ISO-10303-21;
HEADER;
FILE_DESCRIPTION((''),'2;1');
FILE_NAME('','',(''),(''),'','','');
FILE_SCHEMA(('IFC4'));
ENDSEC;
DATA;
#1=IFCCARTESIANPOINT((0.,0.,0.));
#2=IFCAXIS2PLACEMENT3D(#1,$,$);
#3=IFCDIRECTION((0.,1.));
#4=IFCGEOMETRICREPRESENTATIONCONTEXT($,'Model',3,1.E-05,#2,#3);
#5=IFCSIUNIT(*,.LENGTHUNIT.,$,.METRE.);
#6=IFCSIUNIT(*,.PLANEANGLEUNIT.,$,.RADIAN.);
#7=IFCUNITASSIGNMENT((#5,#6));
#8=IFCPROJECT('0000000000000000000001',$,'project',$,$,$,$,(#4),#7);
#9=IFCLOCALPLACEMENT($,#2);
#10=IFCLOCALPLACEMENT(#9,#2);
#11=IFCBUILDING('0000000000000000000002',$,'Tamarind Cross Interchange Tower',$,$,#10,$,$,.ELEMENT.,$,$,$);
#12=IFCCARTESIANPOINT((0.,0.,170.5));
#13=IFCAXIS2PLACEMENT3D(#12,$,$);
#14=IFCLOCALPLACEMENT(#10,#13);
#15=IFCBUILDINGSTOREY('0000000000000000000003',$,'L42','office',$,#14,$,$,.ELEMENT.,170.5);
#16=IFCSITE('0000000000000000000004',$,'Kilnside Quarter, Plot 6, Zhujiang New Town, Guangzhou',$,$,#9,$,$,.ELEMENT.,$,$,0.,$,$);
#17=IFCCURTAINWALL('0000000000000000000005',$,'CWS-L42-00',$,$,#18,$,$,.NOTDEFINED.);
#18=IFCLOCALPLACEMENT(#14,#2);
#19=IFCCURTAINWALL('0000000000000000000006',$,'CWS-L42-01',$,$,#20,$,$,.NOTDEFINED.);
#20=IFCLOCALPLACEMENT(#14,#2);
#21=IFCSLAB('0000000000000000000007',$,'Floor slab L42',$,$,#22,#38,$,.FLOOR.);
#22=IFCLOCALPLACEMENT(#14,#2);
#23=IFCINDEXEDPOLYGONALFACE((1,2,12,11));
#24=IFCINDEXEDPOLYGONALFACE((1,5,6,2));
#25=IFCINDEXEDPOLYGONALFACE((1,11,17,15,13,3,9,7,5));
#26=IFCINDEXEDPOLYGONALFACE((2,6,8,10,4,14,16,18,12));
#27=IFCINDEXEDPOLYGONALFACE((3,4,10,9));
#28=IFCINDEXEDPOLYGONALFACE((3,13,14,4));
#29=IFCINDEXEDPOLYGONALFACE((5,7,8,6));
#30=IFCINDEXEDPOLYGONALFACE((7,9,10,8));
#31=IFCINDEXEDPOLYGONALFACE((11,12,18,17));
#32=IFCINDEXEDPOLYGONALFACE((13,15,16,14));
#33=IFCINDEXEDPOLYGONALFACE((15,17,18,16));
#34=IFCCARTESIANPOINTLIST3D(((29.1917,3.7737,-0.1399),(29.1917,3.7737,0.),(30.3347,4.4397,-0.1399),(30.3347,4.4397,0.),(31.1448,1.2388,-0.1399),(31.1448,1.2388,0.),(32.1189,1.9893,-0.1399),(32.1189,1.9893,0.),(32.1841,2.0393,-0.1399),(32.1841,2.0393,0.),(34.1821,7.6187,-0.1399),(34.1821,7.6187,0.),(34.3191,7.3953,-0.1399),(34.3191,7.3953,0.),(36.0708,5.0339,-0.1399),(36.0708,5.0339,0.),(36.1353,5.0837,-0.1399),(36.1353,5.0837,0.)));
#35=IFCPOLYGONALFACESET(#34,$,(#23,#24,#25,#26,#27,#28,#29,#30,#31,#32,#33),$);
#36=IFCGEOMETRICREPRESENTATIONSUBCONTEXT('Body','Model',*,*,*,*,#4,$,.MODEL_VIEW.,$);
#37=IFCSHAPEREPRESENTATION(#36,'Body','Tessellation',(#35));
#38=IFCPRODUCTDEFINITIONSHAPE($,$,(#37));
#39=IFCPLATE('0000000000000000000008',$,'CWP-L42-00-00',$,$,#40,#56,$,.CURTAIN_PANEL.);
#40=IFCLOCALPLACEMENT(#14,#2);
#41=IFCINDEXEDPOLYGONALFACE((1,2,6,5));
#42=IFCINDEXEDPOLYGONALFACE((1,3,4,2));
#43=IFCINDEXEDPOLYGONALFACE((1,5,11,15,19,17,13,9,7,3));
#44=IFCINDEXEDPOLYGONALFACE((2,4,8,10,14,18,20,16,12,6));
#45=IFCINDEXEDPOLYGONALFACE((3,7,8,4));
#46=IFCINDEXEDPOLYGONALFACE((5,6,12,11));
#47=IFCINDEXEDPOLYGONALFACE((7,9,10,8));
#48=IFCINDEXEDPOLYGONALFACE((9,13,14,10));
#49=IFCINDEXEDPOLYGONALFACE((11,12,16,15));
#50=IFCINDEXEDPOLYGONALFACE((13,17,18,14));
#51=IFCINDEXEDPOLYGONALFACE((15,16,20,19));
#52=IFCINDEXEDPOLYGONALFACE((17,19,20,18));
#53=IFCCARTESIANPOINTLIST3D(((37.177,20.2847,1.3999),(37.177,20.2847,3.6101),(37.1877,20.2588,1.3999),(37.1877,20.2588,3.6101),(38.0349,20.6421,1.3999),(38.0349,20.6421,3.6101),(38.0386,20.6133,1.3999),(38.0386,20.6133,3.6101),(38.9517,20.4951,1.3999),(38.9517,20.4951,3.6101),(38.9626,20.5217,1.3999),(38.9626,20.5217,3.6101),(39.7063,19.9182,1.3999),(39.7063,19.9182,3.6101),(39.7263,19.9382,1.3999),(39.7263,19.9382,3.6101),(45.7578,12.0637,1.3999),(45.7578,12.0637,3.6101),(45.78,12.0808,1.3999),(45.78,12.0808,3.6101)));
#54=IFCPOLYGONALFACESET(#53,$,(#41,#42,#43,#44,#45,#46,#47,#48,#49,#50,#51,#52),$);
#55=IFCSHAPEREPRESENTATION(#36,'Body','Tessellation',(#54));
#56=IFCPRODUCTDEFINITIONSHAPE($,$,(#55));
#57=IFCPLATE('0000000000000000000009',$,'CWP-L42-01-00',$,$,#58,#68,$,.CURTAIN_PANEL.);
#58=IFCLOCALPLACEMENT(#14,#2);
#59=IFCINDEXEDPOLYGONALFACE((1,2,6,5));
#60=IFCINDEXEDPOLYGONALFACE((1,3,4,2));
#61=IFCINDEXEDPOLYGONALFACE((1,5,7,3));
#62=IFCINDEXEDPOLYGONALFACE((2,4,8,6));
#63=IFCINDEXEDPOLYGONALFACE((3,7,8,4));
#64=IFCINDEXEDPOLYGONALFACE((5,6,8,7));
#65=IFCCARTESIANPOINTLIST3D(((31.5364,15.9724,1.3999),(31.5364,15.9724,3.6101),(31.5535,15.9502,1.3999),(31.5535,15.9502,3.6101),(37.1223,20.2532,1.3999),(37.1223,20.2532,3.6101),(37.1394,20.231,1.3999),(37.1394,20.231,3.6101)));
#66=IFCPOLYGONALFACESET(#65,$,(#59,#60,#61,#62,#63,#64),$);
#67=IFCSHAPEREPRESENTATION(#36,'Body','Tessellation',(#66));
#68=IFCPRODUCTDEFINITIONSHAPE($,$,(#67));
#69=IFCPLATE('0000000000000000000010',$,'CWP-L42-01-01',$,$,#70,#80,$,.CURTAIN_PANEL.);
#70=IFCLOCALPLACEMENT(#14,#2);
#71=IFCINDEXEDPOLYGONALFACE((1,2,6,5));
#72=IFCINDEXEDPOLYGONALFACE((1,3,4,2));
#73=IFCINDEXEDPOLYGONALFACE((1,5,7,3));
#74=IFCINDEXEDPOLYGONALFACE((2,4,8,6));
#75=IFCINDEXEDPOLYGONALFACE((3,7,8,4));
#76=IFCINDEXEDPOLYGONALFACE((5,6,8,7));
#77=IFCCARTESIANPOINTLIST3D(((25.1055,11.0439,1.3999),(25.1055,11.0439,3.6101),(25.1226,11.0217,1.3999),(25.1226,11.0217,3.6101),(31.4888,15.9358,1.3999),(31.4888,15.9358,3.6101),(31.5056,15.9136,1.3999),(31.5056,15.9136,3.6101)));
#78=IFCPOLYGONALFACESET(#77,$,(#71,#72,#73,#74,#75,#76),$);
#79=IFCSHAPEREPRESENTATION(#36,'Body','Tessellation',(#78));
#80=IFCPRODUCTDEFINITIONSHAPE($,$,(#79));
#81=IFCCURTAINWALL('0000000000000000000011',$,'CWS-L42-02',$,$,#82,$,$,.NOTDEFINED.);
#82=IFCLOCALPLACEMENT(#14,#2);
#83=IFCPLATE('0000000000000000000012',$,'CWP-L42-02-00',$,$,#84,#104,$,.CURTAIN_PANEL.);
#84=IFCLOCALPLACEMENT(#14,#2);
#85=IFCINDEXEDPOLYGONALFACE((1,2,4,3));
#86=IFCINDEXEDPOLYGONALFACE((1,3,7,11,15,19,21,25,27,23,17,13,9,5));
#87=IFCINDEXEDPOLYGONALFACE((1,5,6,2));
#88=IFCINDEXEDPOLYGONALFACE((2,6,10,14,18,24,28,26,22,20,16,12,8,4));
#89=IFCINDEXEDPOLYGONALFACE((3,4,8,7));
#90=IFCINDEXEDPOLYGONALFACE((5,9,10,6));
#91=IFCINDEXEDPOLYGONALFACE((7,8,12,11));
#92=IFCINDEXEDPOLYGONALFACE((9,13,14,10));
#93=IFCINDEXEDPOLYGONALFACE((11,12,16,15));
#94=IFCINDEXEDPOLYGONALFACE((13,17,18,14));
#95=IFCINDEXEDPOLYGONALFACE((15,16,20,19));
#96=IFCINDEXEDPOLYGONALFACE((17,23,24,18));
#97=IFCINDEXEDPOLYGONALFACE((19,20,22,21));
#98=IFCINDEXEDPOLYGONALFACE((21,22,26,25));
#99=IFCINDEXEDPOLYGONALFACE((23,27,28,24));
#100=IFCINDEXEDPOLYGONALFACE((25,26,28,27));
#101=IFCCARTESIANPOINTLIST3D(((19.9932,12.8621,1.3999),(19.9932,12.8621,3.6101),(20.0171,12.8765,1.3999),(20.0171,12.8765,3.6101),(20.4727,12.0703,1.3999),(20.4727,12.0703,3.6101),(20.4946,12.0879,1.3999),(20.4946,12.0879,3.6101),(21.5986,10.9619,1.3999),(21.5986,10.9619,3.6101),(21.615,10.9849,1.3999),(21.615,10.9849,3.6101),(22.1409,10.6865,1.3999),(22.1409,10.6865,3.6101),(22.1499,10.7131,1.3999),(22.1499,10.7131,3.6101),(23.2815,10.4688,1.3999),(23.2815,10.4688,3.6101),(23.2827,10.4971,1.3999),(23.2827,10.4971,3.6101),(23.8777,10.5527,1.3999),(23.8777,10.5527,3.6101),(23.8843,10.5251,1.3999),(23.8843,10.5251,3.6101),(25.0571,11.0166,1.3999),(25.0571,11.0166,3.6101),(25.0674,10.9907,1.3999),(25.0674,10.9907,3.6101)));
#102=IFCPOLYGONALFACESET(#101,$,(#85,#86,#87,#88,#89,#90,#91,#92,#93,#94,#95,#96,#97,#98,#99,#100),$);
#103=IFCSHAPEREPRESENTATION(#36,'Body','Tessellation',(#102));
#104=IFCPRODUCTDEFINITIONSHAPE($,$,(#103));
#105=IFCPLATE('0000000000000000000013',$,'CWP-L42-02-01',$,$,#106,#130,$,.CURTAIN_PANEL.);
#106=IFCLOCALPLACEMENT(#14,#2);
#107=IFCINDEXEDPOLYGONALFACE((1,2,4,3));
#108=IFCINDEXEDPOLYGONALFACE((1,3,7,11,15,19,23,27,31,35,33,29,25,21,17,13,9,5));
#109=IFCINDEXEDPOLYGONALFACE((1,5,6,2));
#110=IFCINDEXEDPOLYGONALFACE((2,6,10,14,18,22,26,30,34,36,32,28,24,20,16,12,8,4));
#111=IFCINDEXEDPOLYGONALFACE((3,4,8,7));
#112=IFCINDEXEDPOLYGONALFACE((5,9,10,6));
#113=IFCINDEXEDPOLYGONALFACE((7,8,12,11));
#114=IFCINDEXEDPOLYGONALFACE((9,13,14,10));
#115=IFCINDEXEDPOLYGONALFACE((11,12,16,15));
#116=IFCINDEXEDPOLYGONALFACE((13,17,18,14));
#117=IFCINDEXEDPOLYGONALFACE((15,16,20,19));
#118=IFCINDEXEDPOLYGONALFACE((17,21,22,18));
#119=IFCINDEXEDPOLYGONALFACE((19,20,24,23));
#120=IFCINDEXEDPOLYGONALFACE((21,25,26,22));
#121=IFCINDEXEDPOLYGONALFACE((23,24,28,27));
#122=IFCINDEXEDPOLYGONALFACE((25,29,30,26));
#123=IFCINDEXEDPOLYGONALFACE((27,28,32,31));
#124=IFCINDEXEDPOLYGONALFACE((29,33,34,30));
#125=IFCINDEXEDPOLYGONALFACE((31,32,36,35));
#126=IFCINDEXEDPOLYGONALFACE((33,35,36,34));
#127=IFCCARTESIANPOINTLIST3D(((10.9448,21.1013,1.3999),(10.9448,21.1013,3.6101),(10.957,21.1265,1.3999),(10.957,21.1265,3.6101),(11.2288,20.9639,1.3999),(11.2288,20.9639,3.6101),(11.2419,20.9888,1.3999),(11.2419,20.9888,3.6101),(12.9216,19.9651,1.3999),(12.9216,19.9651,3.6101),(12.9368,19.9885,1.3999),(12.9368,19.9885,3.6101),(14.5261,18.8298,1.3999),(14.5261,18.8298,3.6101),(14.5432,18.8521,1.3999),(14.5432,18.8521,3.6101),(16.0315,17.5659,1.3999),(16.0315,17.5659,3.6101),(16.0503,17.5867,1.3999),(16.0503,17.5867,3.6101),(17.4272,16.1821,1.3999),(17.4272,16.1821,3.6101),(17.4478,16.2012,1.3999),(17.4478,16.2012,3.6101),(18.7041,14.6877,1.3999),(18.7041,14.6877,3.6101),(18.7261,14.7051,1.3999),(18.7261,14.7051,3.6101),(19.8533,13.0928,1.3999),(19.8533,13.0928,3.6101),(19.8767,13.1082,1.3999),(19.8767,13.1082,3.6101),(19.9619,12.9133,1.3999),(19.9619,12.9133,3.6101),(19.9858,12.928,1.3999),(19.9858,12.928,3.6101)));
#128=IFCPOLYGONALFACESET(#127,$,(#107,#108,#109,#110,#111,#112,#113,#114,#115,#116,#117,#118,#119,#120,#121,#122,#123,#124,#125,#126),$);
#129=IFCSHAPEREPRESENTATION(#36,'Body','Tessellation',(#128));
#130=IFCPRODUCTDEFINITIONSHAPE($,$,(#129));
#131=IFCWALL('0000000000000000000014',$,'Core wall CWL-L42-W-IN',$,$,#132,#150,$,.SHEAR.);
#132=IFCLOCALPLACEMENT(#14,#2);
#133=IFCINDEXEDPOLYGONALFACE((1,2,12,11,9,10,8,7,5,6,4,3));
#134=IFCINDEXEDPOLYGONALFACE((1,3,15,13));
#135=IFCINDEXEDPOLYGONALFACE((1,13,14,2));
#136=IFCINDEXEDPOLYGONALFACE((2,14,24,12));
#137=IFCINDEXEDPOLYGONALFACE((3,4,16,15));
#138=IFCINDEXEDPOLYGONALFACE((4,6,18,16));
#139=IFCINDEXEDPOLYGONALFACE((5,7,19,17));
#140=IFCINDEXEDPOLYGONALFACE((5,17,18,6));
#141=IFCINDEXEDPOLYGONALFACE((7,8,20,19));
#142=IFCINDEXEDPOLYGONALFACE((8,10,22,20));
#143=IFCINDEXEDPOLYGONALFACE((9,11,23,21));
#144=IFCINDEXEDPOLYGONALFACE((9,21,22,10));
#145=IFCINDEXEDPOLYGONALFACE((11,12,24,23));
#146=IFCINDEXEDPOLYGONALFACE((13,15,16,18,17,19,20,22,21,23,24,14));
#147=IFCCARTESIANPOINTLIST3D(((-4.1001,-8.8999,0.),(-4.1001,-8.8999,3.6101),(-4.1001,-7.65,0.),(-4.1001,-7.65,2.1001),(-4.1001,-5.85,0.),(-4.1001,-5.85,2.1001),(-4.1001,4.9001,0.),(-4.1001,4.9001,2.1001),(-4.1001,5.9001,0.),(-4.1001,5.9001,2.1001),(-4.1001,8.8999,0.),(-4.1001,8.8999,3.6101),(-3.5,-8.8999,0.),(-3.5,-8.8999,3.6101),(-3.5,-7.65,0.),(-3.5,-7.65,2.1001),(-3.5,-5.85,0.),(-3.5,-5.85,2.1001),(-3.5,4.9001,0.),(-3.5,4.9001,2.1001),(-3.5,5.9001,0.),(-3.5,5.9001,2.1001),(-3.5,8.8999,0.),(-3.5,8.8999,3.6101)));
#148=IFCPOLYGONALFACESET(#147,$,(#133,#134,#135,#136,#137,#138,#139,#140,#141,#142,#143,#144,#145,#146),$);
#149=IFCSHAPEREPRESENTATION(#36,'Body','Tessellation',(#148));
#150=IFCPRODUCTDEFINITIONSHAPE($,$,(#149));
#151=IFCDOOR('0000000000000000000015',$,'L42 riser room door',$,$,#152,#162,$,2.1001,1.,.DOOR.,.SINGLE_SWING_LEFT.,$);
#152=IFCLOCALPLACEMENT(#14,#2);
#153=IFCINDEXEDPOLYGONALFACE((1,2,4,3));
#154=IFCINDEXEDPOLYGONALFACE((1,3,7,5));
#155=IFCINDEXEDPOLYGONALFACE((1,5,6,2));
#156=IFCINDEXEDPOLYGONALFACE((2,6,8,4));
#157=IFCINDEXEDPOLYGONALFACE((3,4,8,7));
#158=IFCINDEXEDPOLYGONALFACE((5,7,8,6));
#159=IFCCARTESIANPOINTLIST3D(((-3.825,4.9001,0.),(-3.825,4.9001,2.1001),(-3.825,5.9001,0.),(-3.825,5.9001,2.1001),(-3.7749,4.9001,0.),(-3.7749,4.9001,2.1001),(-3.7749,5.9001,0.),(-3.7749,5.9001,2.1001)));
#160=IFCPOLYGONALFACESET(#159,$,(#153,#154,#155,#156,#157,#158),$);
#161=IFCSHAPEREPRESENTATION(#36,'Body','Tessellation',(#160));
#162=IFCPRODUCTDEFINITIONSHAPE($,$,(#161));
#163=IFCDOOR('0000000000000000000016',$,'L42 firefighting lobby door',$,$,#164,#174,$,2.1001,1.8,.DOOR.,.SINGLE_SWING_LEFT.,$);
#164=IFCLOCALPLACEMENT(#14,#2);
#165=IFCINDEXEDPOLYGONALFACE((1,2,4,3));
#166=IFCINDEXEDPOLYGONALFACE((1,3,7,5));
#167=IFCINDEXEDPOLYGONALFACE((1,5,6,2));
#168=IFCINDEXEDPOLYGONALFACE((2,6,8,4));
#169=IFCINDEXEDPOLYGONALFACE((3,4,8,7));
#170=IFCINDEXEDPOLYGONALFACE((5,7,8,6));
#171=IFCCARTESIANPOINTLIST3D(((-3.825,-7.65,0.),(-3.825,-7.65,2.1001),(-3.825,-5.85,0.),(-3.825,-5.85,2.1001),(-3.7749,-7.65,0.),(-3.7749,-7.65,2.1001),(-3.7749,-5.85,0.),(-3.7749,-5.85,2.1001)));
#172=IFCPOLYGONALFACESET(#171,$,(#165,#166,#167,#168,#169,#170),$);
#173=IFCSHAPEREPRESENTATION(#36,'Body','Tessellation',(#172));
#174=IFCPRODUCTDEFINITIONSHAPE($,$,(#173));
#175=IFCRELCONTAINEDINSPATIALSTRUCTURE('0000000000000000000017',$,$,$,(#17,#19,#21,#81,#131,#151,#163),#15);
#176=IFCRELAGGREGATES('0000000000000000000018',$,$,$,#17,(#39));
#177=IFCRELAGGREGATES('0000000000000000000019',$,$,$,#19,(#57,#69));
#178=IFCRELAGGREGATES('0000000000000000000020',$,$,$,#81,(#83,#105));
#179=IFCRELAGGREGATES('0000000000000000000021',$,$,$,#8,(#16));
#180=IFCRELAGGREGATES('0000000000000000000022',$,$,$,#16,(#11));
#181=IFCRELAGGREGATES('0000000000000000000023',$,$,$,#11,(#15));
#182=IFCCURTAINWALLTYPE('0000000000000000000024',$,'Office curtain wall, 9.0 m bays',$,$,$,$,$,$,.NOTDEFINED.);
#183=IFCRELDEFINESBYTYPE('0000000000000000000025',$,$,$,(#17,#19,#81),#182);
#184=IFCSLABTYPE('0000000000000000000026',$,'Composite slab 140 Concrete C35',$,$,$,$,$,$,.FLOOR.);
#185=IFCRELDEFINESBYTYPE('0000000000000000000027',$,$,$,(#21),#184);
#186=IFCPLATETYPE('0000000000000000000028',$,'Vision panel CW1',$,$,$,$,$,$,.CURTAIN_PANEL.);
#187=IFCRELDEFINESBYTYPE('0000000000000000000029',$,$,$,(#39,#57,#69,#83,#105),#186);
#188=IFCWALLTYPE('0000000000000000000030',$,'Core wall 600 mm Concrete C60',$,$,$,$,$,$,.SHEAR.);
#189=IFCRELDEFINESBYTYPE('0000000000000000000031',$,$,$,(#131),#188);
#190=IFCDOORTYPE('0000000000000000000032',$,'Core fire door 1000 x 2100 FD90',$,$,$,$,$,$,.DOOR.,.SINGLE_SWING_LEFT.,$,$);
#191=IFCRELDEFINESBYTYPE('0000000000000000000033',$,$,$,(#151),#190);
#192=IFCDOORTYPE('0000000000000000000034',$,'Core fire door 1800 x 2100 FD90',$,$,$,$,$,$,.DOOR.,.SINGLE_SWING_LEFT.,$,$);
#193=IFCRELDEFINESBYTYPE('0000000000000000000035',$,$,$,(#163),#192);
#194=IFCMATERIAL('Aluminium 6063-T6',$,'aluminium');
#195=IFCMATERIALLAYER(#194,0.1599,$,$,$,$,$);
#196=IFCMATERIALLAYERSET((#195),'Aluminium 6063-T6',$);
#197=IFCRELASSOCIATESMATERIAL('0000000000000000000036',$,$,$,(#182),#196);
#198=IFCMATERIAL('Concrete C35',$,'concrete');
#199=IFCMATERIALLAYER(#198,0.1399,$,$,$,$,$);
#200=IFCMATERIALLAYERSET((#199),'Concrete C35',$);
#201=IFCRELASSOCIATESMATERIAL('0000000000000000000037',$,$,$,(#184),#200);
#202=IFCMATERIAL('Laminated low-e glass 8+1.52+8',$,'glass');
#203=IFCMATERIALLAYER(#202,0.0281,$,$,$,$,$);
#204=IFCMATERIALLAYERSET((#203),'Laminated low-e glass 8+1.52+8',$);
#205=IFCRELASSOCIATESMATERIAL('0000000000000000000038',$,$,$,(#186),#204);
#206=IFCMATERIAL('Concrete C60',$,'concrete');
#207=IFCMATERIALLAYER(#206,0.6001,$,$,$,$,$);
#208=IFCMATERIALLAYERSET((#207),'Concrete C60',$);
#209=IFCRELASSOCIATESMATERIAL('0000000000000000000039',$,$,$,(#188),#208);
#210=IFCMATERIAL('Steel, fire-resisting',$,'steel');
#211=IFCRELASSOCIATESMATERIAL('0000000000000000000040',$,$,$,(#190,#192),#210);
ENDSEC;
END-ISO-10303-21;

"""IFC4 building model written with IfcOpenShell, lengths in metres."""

from ifc_helpers import new_model, si_unit, direction, frame, frame_2d, origin, place, context, subcontext, project, spatial, polyline, rectangle, outline, extrude, material, layer, layer_set, type_object, element, fill, aggregate, save


model = new_model("IFC4")

# Units and contexts
model_context = context("Model", 3, precision=1e-05, world=origin(), true_north=direction((0.0, 1.0)))
body_context = subcontext(model_context, "Body", "Model", "MODEL_VIEW")
ifc_project = project(units=[si_unit("LENGTHUNIT", "METRE"), si_unit("PLANEANGLEUNIT", "RADIAN")], contexts=[model_context])

# Site, building, storey
site_placement = place(None, origin())
site = spatial("IfcSite", under=ifc_project, at=site_placement, Name="Kilnside Quarter, Plot 6, Zhujiang New Town, Guangzhou", CompositionType="ELEMENT", RefElevation=0.0)
building_placement = place(site_placement, origin())
building = spatial("IfcBuilding", under=site, at=building_placement, Name="Tamarind Cross Interchange Tower", CompositionType="ELEMENT")
storey_placement = place(building_placement, frame((0.0, 0.0, 170.5)))
storey = spatial("IfcBuildingStorey", under=building, at=storey_placement, Name="L42", Description="office", CompositionType="ELEMENT", Elevation=170.5)

# Curtain walls
ifc_material_1 = material(Name="Aluminium 6063-T6", Category="aluminium")
ifc_layer_1 = layer(ifc_material_1, 0.1599)
ifc_layer_set_1 = layer_set([ifc_layer_1], Name="Aluminium 6063-T6")
curtain_wall_type = type_object("IfcCurtainWallType", Name="Office curtain wall, 9.0 m bays", PredefinedType="NOTDEFINED", material=ifc_layer_set_1)
curtain_wall_1_placement = place(storey_placement, origin())
curtain_wall_1 = element("IfcCurtainWall", 1, at=curtain_wall_1_placement, inside=storey, type_object=curtain_wall_type, Name="CWS-L42-00", PredefinedType="NOTDEFINED")
curtain_wall_2_placement = place(storey_placement, origin())
curtain_wall_2 = element("IfcCurtainWall", 2, at=curtain_wall_2_placement, inside=storey, type_object=curtain_wall_type, Name="CWS-L42-01", PredefinedType="NOTDEFINED")

# Slab
ifc_material_2 = material(Name="Concrete C35", Category="concrete")
ifc_layer_2 = layer(ifc_material_2, 0.1399)
ifc_layer_set_2 = layer_set([ifc_layer_2], Name="Concrete C35")
slab_type = type_object("IfcSlabType", Name="Composite slab 140 Concrete C35", PredefinedType="FLOOR", material=ifc_layer_set_2)
slab_1_placement = place(storey_placement, frame((0.0, 0.0, -0.1399)))
element("IfcSlab", 3, at=slab_1_placement, inside=storey, type_object=slab_type, Name="Floor slab L42", PredefinedType="FLOOR", context=body_context, shape_type="SweptSolid", body=[
    extrude(outline(polyline([(29.1917, 3.7737), (31.1448, 1.2388), (32.1189, 1.9893), (32.1841, 2.0393), (30.3347, 4.4397), (34.3191, 7.3953), (36.0708, 5.0339), (36.1353, 5.0837), (34.1821, 7.6187), (29.1917, 3.7737)])), origin(), (0.0, 0.0, 1.0), 0.1399),
])

# Plates
ifc_material_3 = material(Name="Laminated low-e glass 8+1.52+8", Category="glass")
ifc_layer_3 = layer(ifc_material_3, 0.0281)
ifc_layer_set_3 = layer_set([ifc_layer_3], Name="Laminated low-e glass 8+1.52+8")
plate_type = type_object("IfcPlateType", Name="Vision panel CW1", PredefinedType="CURTAIN_PANEL", material=ifc_layer_set_3)
plate_1_placement = place(storey_placement, frame((0.0, 0.0, 1.3999)))
plate_1 = element("IfcPlate", 4, at=plate_1_placement, type_object=plate_type, Name="CWP-L42-00-00", PredefinedType="CURTAIN_PANEL", context=body_context, shape_type="SweptSolid", body=[
    extrude(outline(polyline([(45.7578, 12.0637), (39.7063, 19.9182), (38.9517, 20.4951), (38.0386, 20.6133), (37.1877, 20.2588), (37.177, 20.2847), (38.0349, 20.6421), (38.9626, 20.5217), (39.7263, 19.9382), (45.78, 12.0808), (45.7578, 12.0637)])), origin(), (0.0, 0.0, 1.0), 2.2102),
])
aggregate(curtain_wall_1, [plate_1])
plate_2_placement = place(storey_placement, frame((0.0, 0.0, 1.3999)))
plate_2 = element("IfcPlate", 5, at=plate_2_placement, type_object=plate_type, Name="CWP-L42-01-00", PredefinedType="CURTAIN_PANEL", context=body_context, shape_type="SweptSolid", body=[
    extrude(outline(polyline([(37.1394, 20.231), (31.5535, 15.9502), (31.5364, 15.9724), (37.1223, 20.2532), (37.1394, 20.231)])), origin(), (0.0, 0.0, 1.0), 2.2102),
])
plate_3_placement = place(storey_placement, frame((0.0, 0.0, 1.3999)))
plate_3 = element("IfcPlate", 6, at=plate_3_placement, type_object=plate_type, Name="CWP-L42-01-01", PredefinedType="CURTAIN_PANEL", context=body_context, shape_type="SweptSolid", body=[
    extrude(outline(polyline([(31.5056, 15.9136), (25.1226, 11.0217), (25.1055, 11.0439), (31.4888, 15.9358), (31.5056, 15.9136)])), origin(), (0.0, 0.0, 1.0), 2.2102),
])
aggregate(curtain_wall_2, [plate_2, plate_3])

# Curtain wall, plates
curtain_wall_3_placement = place(storey_placement, origin())
curtain_wall_3 = element("IfcCurtainWall", 7, at=curtain_wall_3_placement, inside=storey, type_object=curtain_wall_type, Name="CWS-L42-02", PredefinedType="NOTDEFINED")
plate_4_placement = place(storey_placement, frame((0.0, 0.0, 1.3999)))
plate_4 = element("IfcPlate", 8, at=plate_4_placement, type_object=plate_type, Name="CWP-L42-02-00", PredefinedType="CURTAIN_PANEL", context=body_context, shape_type="SweptSolid", body=[
    extrude(outline(polyline([(25.0674, 10.9907), (23.8843, 10.5251), (23.2815, 10.4688), (22.1409, 10.6865), (21.5986, 10.9619), (20.4727, 12.0703), (19.9932, 12.8621), (20.0171, 12.8765), (20.4946, 12.0879), (21.615, 10.9849), (22.1499, 10.7131), (23.2827, 10.4971), (23.8777, 10.5527), (25.0571, 11.0166), (25.0674, 10.9907)])), origin(), (0.0, 0.0, 1.0), 2.2102),
])
plate_5_placement = place(storey_placement, frame((0.0, 0.0, 1.3999)))
plate_5 = element("IfcPlate", 9, at=plate_5_placement, type_object=plate_type, Name="CWP-L42-02-01", PredefinedType="CURTAIN_PANEL", context=body_context, shape_type="SweptSolid", body=[
    extrude(outline(polyline([(19.9619, 12.9133), (19.8533, 13.0928), (18.7041, 14.6877), (17.4272, 16.1821), (16.0315, 17.5659), (14.5261, 18.8298), (12.9216, 19.9651), (11.2288, 20.9639), (10.9448, 21.1013), (10.957, 21.1265), (11.2419, 20.9888), (12.9368, 19.9885), (14.5432, 18.8521), (16.0503, 17.5867), (17.4478, 16.2012), (18.7261, 14.7051), (19.8767, 13.1082), (19.9858, 12.928), (19.9619, 12.9133)])), origin(), (0.0, 0.0, 1.0), 2.2102),
])
aggregate(curtain_wall_3, [plate_4, plate_5])

# Wall, openings, doors
ifc_material_4 = material(Name="Concrete C60", Category="concrete")
ifc_layer_4 = layer(ifc_material_4, 0.6001)
ifc_layer_set_4 = layer_set([ifc_layer_4], Name="Concrete C60")
wall_type_1 = type_object("IfcWallType", Name="Core wall 600 mm Concrete C60", PredefinedType="SHEAR", material=ifc_layer_set_4)
wall_1_placement = place(storey_placement, frame((-3.8, -8.8999, 0.0), z_axis=(0.0, 0.0, 1.0), x_axis=(0.0, 1.0, 0.0)))
wall_1 = element("IfcWall", 10, at=wall_1_placement, inside=storey, type_object=wall_type_1, Name="Core wall CWL-L42-W-IN", PredefinedType="SHEAR", context=body_context, shape_type="SweptSolid", body=[
    extrude(rectangle(XDim=17.7998, YDim=0.6001, at=frame_2d((8.8999, 0.0))), origin(), (0.0, 0.0, 1.0), 3.6101),
])
opening_1_placement = place(wall_1_placement, frame((1.25, 0.0, 0.0)))
opening_1 = element("IfcOpeningElement", 11, at=opening_1_placement, cuts=wall_1, PredefinedType="OPENING", context=body_context, shape_type="SweptSolid", body=[
    extrude(rectangle(XDim=1.8, YDim=2.1001, at=frame_2d((0.8999, 1.05))), frame((0.0, 0.3101, 0.0), z_axis=(0.0, -1.0, 0.0), x_axis=(1.0, 0.0, 0.0)), (0.0, 0.0, 1.0), 0.6201),
])
opening_2_placement = place(wall_1_placement, frame((13.8, 0.0, 0.0)))
opening_2 = element("IfcOpeningElement", 12, at=opening_2_placement, cuts=wall_1, PredefinedType="OPENING", context=body_context, shape_type="SweptSolid", body=[
    extrude(rectangle(XDim=1.0, YDim=2.1001, at=frame_2d((0.5, 1.05))), frame((0.0, 0.3101, 0.0), z_axis=(0.0, -1.0, 0.0), x_axis=(1.0, 0.0, 0.0)), (0.0, 0.0, 1.0), 0.6201),
])
ifc_material_5 = material(Name="Steel, fire-resisting", Category="steel")
door_type_1 = type_object("IfcDoorType", Name="Core fire door 1000 x 2100 FD90", OperationType="SINGLE_SWING_LEFT", PredefinedType="DOOR", material=ifc_material_5)
door_1_placement = place(opening_2_placement, origin())
door_1 = element("IfcDoor", 13, at=door_1_placement, inside=storey, type_object=door_type_1, Name="L42 riser room door", OperationType="SINGLE_SWING_LEFT", OverallHeight=2.1001, OverallWidth=1.0, PredefinedType="DOOR", context=body_context, shape_type="SweptSolid", body=[
    extrude(rectangle(XDim=1.0, YDim=2.1001, at=frame_2d((0.5, 1.05))), frame((0.0, 0.0249, 0.0), z_axis=(0.0, -1.0, 0.0), x_axis=(1.0, 0.0, 0.0)), (0.0, 0.0, 1.0), 0.05),
])
fill(opening_2, door_1)
door_type_2 = type_object("IfcDoorType", Name="Core fire door 1800 x 2100 FD90", OperationType="SINGLE_SWING_LEFT", PredefinedType="DOOR", material=ifc_material_5)
door_2_placement = place(opening_1_placement, origin())
door_2 = element("IfcDoor", 14, at=door_2_placement, inside=storey, type_object=door_type_2, Name="L42 firefighting lobby door", OperationType="SINGLE_SWING_LEFT", OverallHeight=2.1001, OverallWidth=1.8, PredefinedType="DOOR", context=body_context, shape_type="SweptSolid", body=[
    extrude(rectangle(XDim=1.8, YDim=2.1001, at=frame_2d((0.8999, 1.05))), frame((0.0, 0.0249, 0.0), z_axis=(0.0, -1.0, 0.0), x_axis=(1.0, 0.0, 0.0)), (0.0, 0.0, 1.0), 0.05),
])
fill(opening_1, door_2)

save(model, "model.ifc")
